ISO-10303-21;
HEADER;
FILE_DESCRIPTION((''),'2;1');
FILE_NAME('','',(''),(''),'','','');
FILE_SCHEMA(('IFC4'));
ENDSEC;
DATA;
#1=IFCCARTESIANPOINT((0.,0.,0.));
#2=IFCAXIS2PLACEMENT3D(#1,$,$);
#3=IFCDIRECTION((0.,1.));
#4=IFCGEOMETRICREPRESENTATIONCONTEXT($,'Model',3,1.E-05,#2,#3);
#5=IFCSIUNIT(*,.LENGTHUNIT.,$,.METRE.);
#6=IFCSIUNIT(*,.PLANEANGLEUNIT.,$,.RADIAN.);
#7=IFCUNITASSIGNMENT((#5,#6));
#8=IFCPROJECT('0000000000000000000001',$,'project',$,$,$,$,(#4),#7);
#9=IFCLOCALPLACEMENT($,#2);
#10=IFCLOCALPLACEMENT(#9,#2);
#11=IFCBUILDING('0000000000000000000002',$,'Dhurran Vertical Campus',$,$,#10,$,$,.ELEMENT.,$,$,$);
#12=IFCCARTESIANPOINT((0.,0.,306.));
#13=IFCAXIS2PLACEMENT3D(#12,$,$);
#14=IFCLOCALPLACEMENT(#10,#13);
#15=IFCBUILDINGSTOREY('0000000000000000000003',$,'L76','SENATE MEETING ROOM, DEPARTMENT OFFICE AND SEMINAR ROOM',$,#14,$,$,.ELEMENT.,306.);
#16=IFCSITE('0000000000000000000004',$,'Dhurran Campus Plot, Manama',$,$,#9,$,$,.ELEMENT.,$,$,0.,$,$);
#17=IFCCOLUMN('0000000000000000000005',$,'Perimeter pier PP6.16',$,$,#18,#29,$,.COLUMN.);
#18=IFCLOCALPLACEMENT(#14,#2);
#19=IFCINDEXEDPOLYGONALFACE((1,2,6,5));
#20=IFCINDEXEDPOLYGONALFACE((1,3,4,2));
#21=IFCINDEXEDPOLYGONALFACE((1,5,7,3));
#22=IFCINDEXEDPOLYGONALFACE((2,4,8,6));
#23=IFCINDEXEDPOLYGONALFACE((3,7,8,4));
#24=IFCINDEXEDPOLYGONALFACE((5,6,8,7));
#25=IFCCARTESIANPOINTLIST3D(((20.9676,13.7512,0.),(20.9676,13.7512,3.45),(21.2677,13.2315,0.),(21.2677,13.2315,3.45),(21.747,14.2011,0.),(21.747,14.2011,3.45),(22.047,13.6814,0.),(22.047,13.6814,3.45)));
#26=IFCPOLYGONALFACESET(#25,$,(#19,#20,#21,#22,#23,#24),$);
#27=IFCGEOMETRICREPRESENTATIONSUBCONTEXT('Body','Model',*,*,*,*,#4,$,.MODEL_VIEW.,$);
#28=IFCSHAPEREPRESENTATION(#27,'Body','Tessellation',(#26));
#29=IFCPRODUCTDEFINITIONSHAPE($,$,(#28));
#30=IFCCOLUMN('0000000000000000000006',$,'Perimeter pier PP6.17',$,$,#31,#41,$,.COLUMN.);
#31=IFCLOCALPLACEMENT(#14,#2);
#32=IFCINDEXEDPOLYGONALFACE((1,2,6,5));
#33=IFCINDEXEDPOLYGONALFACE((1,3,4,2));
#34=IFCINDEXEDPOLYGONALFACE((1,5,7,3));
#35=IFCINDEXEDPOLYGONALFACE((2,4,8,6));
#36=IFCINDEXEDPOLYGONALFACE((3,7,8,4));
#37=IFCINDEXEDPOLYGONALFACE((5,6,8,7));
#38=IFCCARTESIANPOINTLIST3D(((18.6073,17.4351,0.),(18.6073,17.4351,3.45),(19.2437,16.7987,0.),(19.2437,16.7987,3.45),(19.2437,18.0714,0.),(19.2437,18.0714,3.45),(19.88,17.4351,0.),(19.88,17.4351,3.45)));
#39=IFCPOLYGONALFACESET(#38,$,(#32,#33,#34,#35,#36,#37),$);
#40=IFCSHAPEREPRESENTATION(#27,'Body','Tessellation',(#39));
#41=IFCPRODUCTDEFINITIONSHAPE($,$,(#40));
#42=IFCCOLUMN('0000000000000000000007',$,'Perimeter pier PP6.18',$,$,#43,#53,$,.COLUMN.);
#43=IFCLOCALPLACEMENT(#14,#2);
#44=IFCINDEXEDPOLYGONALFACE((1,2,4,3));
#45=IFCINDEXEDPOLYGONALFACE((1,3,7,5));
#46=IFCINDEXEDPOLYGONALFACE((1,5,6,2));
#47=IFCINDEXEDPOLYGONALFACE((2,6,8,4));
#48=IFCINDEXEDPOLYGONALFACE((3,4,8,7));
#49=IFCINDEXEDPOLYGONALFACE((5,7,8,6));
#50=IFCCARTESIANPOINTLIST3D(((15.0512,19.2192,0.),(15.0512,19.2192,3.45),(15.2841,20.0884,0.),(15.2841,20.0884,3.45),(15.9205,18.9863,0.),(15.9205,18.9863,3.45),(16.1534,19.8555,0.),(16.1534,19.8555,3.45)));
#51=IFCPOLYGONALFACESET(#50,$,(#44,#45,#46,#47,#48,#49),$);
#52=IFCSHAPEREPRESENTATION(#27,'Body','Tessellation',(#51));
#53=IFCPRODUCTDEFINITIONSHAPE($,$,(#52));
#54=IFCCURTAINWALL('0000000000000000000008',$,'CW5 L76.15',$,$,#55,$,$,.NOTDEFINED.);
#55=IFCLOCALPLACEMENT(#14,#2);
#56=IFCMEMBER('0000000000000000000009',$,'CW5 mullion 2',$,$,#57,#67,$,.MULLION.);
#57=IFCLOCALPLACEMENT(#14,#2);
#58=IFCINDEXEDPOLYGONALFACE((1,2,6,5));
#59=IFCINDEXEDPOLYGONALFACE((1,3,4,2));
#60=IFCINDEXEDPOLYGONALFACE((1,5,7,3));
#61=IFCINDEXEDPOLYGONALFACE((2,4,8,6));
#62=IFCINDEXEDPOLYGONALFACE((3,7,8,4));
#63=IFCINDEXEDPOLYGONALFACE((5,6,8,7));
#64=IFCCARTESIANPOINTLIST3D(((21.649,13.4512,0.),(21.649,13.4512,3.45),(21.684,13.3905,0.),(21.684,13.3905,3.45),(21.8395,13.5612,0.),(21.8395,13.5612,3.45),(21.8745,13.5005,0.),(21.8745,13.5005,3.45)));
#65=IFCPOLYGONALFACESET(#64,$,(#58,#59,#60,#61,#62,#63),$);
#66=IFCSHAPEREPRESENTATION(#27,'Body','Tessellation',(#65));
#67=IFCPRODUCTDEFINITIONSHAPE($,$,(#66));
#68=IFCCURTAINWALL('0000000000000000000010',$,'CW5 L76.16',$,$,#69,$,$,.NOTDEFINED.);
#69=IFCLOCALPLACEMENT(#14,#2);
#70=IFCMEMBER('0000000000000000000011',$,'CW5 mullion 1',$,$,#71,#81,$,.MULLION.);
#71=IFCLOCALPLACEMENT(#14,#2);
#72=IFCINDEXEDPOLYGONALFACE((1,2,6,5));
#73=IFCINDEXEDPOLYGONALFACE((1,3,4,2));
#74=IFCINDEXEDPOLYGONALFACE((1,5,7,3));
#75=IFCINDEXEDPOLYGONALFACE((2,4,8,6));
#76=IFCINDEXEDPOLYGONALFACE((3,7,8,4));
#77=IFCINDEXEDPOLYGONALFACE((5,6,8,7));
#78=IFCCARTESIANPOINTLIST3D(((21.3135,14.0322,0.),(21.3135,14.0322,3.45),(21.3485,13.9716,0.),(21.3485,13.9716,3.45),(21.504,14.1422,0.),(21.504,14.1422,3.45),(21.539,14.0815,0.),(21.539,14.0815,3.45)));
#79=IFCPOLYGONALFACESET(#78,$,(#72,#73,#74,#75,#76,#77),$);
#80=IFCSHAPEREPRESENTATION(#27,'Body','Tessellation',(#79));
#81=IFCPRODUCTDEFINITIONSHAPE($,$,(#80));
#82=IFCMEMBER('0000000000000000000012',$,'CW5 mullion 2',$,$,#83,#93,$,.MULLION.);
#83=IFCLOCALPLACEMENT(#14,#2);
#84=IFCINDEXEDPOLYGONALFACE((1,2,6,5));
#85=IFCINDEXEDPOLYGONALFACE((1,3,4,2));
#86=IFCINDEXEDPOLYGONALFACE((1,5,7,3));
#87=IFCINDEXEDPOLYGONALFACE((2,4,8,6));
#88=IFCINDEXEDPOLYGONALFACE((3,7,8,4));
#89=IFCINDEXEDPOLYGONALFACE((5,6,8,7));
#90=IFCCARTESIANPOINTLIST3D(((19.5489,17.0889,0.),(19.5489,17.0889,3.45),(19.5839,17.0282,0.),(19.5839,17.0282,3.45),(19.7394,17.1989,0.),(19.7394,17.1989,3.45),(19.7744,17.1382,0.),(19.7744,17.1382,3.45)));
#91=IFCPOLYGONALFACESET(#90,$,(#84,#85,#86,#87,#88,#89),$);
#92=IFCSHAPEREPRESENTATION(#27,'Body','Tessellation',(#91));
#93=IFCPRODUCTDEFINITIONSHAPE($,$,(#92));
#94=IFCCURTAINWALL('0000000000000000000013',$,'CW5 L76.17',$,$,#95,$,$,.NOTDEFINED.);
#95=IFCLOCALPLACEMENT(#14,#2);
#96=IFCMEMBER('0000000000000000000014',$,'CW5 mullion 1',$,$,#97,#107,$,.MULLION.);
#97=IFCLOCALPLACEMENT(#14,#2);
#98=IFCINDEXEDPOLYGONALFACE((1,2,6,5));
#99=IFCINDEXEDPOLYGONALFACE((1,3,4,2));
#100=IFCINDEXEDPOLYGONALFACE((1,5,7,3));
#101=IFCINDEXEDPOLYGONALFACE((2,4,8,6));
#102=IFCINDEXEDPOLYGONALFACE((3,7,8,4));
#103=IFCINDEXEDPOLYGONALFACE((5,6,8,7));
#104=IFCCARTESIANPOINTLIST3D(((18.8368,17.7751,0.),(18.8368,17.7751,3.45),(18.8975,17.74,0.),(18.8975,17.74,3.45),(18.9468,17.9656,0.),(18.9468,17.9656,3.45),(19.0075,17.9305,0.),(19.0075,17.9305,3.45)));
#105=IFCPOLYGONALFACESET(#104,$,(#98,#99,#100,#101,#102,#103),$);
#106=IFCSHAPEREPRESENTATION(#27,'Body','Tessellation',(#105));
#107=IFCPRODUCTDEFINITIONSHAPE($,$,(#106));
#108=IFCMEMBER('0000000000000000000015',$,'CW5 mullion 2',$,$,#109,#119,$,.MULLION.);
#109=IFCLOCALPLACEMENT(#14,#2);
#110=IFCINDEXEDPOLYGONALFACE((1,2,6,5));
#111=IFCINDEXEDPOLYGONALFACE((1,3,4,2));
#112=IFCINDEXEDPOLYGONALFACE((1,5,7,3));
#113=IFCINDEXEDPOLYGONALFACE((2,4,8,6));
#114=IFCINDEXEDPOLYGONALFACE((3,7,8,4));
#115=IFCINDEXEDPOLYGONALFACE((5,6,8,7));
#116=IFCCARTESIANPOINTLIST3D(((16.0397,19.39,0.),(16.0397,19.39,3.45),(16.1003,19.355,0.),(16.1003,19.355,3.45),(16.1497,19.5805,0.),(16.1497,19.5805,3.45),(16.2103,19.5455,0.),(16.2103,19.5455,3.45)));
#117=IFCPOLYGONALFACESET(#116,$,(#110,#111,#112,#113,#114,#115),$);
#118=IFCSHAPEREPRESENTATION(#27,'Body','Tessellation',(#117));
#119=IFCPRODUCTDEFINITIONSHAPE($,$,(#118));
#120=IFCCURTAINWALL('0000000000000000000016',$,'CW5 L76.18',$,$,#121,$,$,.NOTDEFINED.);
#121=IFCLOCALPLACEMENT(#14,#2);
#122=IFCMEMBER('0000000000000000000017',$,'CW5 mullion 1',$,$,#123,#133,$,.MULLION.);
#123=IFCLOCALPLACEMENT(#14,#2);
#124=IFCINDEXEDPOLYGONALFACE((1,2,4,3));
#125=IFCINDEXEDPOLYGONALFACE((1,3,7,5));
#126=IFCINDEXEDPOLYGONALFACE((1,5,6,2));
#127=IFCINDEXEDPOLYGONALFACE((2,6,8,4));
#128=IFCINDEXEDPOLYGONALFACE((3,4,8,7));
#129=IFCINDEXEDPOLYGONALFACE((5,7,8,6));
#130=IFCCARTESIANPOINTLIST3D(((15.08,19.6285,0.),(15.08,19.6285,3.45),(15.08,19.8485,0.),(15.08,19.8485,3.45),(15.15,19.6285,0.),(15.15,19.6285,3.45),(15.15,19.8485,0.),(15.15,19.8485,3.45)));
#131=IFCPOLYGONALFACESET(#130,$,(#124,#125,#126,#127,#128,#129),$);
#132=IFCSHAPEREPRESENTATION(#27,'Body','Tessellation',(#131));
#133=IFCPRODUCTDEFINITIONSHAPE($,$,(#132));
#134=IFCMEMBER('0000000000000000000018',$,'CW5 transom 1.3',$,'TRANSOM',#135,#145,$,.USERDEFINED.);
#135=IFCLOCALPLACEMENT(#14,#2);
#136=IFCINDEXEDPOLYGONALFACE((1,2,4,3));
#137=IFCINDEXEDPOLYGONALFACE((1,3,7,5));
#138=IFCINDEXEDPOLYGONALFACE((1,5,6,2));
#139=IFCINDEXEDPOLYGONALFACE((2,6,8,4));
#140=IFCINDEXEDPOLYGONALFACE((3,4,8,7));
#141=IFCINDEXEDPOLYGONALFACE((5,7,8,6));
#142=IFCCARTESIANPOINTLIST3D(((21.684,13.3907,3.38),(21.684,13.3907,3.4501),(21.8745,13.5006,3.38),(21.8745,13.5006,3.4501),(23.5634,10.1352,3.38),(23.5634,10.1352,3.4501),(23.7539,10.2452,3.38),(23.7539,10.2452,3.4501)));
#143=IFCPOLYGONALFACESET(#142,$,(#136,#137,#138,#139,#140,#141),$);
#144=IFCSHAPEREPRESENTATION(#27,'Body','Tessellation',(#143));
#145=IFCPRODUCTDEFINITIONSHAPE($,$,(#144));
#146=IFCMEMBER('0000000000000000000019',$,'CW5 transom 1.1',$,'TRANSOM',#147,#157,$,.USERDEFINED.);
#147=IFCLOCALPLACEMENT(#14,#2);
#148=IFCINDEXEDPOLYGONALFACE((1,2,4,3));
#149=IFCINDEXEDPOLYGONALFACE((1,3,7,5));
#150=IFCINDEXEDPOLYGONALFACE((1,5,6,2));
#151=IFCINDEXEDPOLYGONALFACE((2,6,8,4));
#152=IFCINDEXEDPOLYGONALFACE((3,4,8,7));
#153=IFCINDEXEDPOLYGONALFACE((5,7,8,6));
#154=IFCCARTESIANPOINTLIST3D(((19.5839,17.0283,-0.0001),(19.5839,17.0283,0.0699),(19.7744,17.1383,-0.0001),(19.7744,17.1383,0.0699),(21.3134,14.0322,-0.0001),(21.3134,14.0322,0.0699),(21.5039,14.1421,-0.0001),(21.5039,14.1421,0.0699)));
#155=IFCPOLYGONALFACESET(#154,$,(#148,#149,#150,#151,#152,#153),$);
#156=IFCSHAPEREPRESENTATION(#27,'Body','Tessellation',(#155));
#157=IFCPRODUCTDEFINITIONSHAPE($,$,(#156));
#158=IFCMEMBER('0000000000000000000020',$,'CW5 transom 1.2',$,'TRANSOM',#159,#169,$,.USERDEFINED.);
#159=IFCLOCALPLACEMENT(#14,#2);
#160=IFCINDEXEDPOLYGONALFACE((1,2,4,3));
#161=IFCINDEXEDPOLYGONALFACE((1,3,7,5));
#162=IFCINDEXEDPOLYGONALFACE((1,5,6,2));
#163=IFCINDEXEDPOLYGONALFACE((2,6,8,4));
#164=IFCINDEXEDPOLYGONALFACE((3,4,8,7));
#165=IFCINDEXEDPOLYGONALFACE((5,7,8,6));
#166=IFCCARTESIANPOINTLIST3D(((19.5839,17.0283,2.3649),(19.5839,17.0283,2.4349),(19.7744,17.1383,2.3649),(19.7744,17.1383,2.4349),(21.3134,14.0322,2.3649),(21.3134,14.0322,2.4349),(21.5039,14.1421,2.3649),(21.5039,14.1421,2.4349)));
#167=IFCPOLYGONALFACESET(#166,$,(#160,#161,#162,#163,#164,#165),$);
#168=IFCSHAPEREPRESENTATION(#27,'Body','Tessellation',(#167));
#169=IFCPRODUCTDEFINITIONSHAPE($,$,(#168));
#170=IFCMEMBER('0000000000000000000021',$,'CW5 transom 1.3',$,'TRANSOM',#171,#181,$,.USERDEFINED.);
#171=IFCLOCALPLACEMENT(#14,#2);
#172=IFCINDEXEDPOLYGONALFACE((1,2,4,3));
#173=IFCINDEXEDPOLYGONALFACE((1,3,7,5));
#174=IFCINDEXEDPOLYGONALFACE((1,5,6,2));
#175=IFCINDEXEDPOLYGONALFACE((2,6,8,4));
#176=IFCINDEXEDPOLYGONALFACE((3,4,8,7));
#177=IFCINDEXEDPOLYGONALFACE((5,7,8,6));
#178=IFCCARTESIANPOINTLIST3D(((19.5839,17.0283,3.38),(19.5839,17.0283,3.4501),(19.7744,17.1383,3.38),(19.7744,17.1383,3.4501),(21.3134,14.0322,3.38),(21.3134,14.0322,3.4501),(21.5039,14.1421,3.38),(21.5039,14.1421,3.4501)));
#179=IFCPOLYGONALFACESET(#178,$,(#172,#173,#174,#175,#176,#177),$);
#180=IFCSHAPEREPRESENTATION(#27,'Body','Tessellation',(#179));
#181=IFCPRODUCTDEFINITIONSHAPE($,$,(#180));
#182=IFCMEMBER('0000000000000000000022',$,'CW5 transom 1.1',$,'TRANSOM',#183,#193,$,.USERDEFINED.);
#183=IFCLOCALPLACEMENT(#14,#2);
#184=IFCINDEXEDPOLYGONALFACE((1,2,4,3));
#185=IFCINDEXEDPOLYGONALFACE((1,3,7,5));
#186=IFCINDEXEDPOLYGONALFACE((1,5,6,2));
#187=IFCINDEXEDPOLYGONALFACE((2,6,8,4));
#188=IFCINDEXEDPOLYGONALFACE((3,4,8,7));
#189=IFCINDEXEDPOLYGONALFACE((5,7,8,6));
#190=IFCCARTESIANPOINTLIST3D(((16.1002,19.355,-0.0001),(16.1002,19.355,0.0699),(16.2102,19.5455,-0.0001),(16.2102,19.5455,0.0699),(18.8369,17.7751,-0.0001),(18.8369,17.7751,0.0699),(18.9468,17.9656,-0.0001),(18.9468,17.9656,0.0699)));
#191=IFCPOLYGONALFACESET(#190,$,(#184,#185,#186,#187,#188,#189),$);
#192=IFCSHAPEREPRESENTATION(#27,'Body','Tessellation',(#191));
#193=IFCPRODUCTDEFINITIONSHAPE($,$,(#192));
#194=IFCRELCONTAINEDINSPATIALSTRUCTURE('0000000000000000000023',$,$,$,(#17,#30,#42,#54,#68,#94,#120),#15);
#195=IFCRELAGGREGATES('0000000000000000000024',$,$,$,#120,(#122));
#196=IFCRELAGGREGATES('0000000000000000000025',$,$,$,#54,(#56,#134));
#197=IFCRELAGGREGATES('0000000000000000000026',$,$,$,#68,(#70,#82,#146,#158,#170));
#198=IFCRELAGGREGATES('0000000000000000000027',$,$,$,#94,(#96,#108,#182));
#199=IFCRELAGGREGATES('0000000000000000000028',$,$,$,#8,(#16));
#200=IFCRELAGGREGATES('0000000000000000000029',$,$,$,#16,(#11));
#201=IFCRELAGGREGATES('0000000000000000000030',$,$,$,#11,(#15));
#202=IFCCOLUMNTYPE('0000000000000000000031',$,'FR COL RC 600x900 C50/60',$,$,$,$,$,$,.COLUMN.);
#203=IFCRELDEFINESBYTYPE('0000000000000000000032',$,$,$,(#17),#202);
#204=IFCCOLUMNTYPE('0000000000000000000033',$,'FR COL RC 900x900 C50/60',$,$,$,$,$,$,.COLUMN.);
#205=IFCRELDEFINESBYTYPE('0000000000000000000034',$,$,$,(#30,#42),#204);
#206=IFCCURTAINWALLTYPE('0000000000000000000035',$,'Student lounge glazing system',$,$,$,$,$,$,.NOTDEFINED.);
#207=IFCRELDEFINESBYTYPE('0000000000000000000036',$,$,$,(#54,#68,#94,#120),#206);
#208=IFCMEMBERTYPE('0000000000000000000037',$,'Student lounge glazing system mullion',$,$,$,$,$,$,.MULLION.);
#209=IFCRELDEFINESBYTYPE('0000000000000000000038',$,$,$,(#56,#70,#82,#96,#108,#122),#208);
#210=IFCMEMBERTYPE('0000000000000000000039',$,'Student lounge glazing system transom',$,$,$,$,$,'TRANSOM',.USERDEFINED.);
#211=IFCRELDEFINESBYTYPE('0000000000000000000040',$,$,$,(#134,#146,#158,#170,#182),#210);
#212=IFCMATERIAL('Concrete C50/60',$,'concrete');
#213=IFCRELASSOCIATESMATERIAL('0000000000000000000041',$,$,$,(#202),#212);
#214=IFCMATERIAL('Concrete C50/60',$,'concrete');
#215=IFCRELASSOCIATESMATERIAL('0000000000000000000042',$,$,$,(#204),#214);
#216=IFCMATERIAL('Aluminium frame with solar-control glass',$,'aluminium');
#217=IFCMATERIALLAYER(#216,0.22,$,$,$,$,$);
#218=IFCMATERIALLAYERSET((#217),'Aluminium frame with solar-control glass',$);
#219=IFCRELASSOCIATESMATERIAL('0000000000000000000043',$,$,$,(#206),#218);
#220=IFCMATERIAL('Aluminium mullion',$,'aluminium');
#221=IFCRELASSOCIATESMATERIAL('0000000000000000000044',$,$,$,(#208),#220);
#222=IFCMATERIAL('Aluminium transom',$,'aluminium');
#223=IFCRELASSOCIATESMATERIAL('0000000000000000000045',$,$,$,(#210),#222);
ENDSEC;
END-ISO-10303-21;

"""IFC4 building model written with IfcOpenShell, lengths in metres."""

from ifc_helpers import new_model, si_unit, direction, frame, origin, origin_2d, place, context, subcontext, project, spatial, rectangle, extrude, material, layer, layer_set, material_profile, profile_set, type_object, element, aggregate, save


model = new_model("IFC4")

# Units and contexts
model_context = context("Model", 3, precision=1e-05, world=origin(), true_north=direction((0.0, 1.0)))
body_context = subcontext(model_context, "Body", "Model", "MODEL_VIEW")
ifc_project = project(units=[si_unit("LENGTHUNIT", "METRE"), si_unit("PLANEANGLEUNIT", "RADIAN")], contexts=[model_context])

# Site, building, storey
site_placement = place(None, origin())
site = spatial("IfcSite", under=ifc_project, at=site_placement, Name="Dhurran Campus Plot, Manama", CompositionType="ELEMENT", RefElevation=0.0)
building_placement = place(site_placement, origin())
building = spatial("IfcBuilding", under=site, at=building_placement, Name="Dhurran Vertical Campus", CompositionType="ELEMENT")
storey_placement = place(building_placement, frame((0.0, 0.0, 306.0)))
storey = spatial("IfcBuildingStorey", under=building, at=storey_placement, Name="L76", Description="SENATE MEETING ROOM, DEPARTMENT OFFICE AND SEMINAR ROOM", CompositionType="ELEMENT", Elevation=306.0)

# Columns
ifc_material_1 = material(Name="Concrete C50/60", Category="concrete")
ifc_material_profile_1 = material_profile(ifc_material_1, rectangle(XDim=0.6001, YDim=0.8999, at=origin_2d()), Name="RC 600x900")
ifc_profile_set_1 = profile_set([ifc_material_profile_1], Name="Concrete C50/60")
column_type_1 = type_object("IfcColumnType", Name="FR COL RC 600x900 C50/60", PredefinedType="COLUMN", material=ifc_profile_set_1)
column_placement = place(storey_placement, frame((21.5073, 13.7163, 0.0), z_axis=(0.0, 0.0, 1.0), x_axis=(-0.5, 0.866025, 0.0)))
element("IfcColumn", 1, at=column_placement, inside=storey, type_object=column_type_1, Name="Perimeter pier PP6.16", PredefinedType="COLUMN", context=body_context, shape_type="SweptSolid", body=[
    extrude(rectangle(XDim=0.6001, YDim=0.8999, at=origin_2d()), origin(), (0.0, 0.0, 1.0), 3.45),
])
ifc_material_2 = material(Name="Concrete C50/60", Category="concrete")
ifc_material_profile_2 = material_profile(ifc_material_2, rectangle(XDim=0.8999, YDim=0.8999, at=origin_2d()), Name="RC 900x900")
ifc_profile_set_2 = profile_set([ifc_material_profile_2], Name="Concrete C50/60")
column_type_2 = type_object("IfcColumnType", Name="FR COL RC 900x900 C50/60", PredefinedType="COLUMN", material=ifc_profile_set_2)
for number, where, z_axis, x_axis, name in (
    (2, (19.2437, 17.4351, 0.0), (0.0, 0.0, 1.0), (-0.707107, 0.707107, 0.0), "Perimeter pier PP6.17"),
    (3, (15.6023, 19.5374, 0.0), (0.0, 0.0, 1.0), (-0.965926, 0.258819, 0.0), "Perimeter pier PP6.18"),
):
    element("IfcColumn", number, at=place(storey_placement, frame(where, z_axis=z_axis, x_axis=x_axis)), inside=storey, type_object=column_type_2, Name=name, PredefinedType="COLUMN", context=body_context, shape_type="SweptSolid", body=[
        extrude(rectangle(XDim=0.8999, YDim=0.8999, at=origin_2d()), origin(), (0.0, 0.0, 1.0), 3.45),
    ])

# Curtain wall, member
ifc_material_3 = material(Name="Aluminium frame with solar-control glass", Category="aluminium")
ifc_layer_1 = layer(ifc_material_3, 0.22)
ifc_layer_set_1 = layer_set([ifc_layer_1], Name="Aluminium frame with solar-control glass")
curtain_wall_type = type_object("IfcCurtainWallType", Name="Student lounge glazing system", PredefinedType="NOTDEFINED", material=ifc_layer_set_1)
curtain_wall_1_placement = place(storey_placement, origin())
curtain_wall_1 = element("IfcCurtainWall", 4, at=curtain_wall_1_placement, inside=storey, type_object=curtain_wall_type, Name="CW5 L76.15", PredefinedType="NOTDEFINED")
ifc_material_4 = material(Name="Aluminium mullion", Category="aluminium")
ifc_material_profile_3 = material_profile(ifc_material_4, rectangle(XDim=0.22, YDim=0.0701, at=origin_2d()), Name="Student lounge glazing system mullion")
ifc_profile_set_3 = profile_set([ifc_material_profile_3], Name="Aluminium mullion")
member_type_1 = type_object("IfcMemberType", Name="Student lounge glazing system mullion", PredefinedType="MULLION", material=ifc_profile_set_3)
member_1_placement = place(storey_placement, frame((21.7617, 13.4758, 0.0), z_axis=(0.0, 0.0, 1.0), x_axis=(-0.866023, -0.500004, 0.0)))
member_1 = element("IfcMember", 5, at=member_1_placement, type_object=member_type_1, Name="CW5 mullion 2", PredefinedType="MULLION", context=body_context, shape_type="SweptSolid", body=[
    extrude(rectangle(XDim=0.22, YDim=0.0701, at=origin_2d()), origin(), (0.0, 0.0, 1.0), 3.45),
])

# Curtain walls, members
curtain_wall_2_placement = place(storey_placement, origin())
curtain_wall_2 = element("IfcCurtainWall", 6, at=curtain_wall_2_placement, inside=storey, type_object=curtain_wall_type, Name="CW5 L76.16", PredefinedType="NOTDEFINED")
member_2_placement = place(storey_placement, frame((21.4263, 14.0569, 0.0), z_axis=(0.0, 0.0, 1.0), x_axis=(-0.866027, -0.499997, 0.0)))
member_2 = element("IfcMember", 7, at=member_2_placement, type_object=member_type_1, Name="CW5 mullion 1", PredefinedType="MULLION", context=body_context, shape_type="SweptSolid", body=[
    extrude(rectangle(XDim=0.22, YDim=0.0701, at=origin_2d()), origin(), (0.0, 0.0, 1.0), 3.45),
])
member_3_placement = place(storey_placement, frame((19.6616, 17.1135, 0.0), z_axis=(0.0, 0.0, 1.0), x_axis=(-0.866027, -0.499997, 0.0)))
member_3 = element("IfcMember", 8, at=member_3_placement, type_object=member_type_1, Name="CW5 mullion 2", PredefinedType="MULLION", context=body_context, shape_type="SweptSolid", body=[
    extrude(rectangle(XDim=0.22, YDim=0.0701, at=origin_2d()), origin(), (0.0, 0.0, 1.0), 3.45),
])
curtain_wall_3_placement = place(storey_placement, origin())
curtain_wall_3 = element("IfcCurtainWall", 9, at=curtain_wall_3_placement, inside=storey, type_object=curtain_wall_type, Name="CW5 L76.17", PredefinedType="NOTDEFINED")
member_4_placement = place(storey_placement, frame((18.9221, 17.8528, 0.0), z_axis=(0.0, 0.0, 1.0), x_axis=(-0.500001, -0.866025, 0.0)))
member_4 = element("IfcMember", 10, at=member_4_placement, type_object=member_type_1, Name="CW5 mullion 1", PredefinedType="MULLION", context=body_context, shape_type="SweptSolid", body=[
    extrude(rectangle(XDim=0.22, YDim=0.0701, at=origin_2d()), origin(), (0.0, 0.0, 1.0), 3.45),
])
member_5_placement = place(storey_placement, frame((16.125, 19.4678, 0.0), z_axis=(0.0, 0.0, 1.0), x_axis=(-0.500001, -0.866025, 0.0)))
member_5 = element("IfcMember", 11, at=member_5_placement, type_object=member_type_1, Name="CW5 mullion 2", PredefinedType="MULLION", context=body_context, shape_type="SweptSolid", body=[
    extrude(rectangle(XDim=0.22, YDim=0.0701, at=origin_2d()), origin(), (0.0, 0.0, 1.0), 3.45),
])

# Curtain wall, member
curtain_wall_4_placement = place(storey_placement, origin())
curtain_wall_4 = element("IfcCurtainWall", 12, at=curtain_wall_4_placement, inside=storey, type_object=curtain_wall_type, Name="CW5 L76.18", PredefinedType="NOTDEFINED")
member_6_placement = place(storey_placement, frame((15.115, 19.7385, 0.0), z_axis=(0.0, 0.0, 1.0), x_axis=(0.0, -1.0, 0.0)))
member_6 = element("IfcMember", 13, at=member_6_placement, type_object=member_type_1, Name="CW5 mullion 1", PredefinedType="MULLION", context=body_context, shape_type="SweptSolid", body=[
    extrude(rectangle(XDim=0.22, YDim=0.0701, at=origin_2d()), origin(), (0.0, 0.0, 1.0), 3.45),
])

# Members
ifc_material_5 = material(Name="Aluminium transom", Category="aluminium")
ifc_material_profile_4 = material_profile(ifc_material_5, rectangle(XDim=0.22, YDim=0.0701, at=origin_2d()), Name="Student lounge glazing system transom")
ifc_profile_set_4 = profile_set([ifc_material_profile_4], Name="Aluminium transom")
member_type_2 = type_object("IfcMemberType", Name="Student lounge glazing system transom", ElementType="TRANSOM", PredefinedType="USERDEFINED", material=ifc_profile_set_4)
member_7_placement = place(storey_placement, frame((23.6587, 10.1902, 3.415), z_axis=(-0.499981, 0.866036, 0.0), x_axis=(-0.866036, -0.499981, 0.0)))
member_7 = element("IfcMember", 14, at=member_7_placement, type_object=member_type_2, Name="CW5 transom 1.3", ObjectType="TRANSOM", PredefinedType="USERDEFINED", context=body_context, shape_type="SweptSolid", body=[
    extrude(rectangle(XDim=0.22, YDim=0.0701, at=origin_2d()), origin(), (0.0, 0.0, 1.0), 3.759),
])
member_8_placement = place(storey_placement, frame((21.4087, 14.0872, 0.0349), z_axis=(-0.499934, 0.866063, 0.0), x_axis=(-0.866063, -0.499934, 0.0)))
member_8 = element("IfcMember", 15, at=member_8_placement, type_object=member_type_2, Name="CW5 transom 1.1", ObjectType="TRANSOM", PredefinedType="USERDEFINED", context=body_context, shape_type="SweptSolid", body=[
    extrude(rectangle(XDim=0.22, YDim=0.0701, at=origin_2d()), origin(), (0.0, 0.0, 1.0), 3.4595),
])
member_9_placement = place(storey_placement, frame((21.4087, 14.0872, 2.3999), z_axis=(-0.499934, 0.866063, 0.0), x_axis=(-0.866063, -0.499934, 0.0)))
member_9 = element("IfcMember", 16, at=member_9_placement, type_object=member_type_2, Name="CW5 transom 1.2", ObjectType="TRANSOM", PredefinedType="USERDEFINED", context=body_context, shape_type="SweptSolid", body=[
    extrude(rectangle(XDim=0.22, YDim=0.0701, at=origin_2d()), origin(), (0.0, 0.0, 1.0), 3.4595),
])
member_10_placement = place(storey_placement, frame((21.4087, 14.0872, 3.415), z_axis=(-0.499934, 0.866063, 0.0), x_axis=(-0.866063, -0.499934, 0.0)))
member_10 = element("IfcMember", 17, at=member_10_placement, type_object=member_type_2, Name="CW5 transom 1.3", ObjectType="TRANSOM", PredefinedType="USERDEFINED", context=body_context, shape_type="SweptSolid", body=[
    extrude(rectangle(XDim=0.22, YDim=0.0701, at=origin_2d()), origin(), (0.0, 0.0, 1.0), 3.4595),
])
member_11_placement = place(storey_placement, frame((18.8918, 17.8704, 0.0349), z_axis=(-0.866043, 0.49997, 0.0), x_axis=(-0.49997, -0.866043, 0.0)))
member_11 = element("IfcMember", 18, at=member_11_placement, type_object=member_type_2, Name="CW5 transom 1.1", ObjectType="TRANSOM", PredefinedType="USERDEFINED", context=body_context, shape_type="SweptSolid", body=[
    extrude(rectangle(XDim=0.22, YDim=0.0701, at=origin_2d()), origin(), (0.0, 0.0, 1.0), 3.1599),
])
aggregate(curtain_wall_4, [member_6])

aggregate(curtain_wall_1, [member_1, member_7])
aggregate(curtain_wall_2, [member_2, member_3, member_8, member_9, member_10])
aggregate(curtain_wall_3, [member_4, member_5, member_11])

save(model, "model.ifc")
